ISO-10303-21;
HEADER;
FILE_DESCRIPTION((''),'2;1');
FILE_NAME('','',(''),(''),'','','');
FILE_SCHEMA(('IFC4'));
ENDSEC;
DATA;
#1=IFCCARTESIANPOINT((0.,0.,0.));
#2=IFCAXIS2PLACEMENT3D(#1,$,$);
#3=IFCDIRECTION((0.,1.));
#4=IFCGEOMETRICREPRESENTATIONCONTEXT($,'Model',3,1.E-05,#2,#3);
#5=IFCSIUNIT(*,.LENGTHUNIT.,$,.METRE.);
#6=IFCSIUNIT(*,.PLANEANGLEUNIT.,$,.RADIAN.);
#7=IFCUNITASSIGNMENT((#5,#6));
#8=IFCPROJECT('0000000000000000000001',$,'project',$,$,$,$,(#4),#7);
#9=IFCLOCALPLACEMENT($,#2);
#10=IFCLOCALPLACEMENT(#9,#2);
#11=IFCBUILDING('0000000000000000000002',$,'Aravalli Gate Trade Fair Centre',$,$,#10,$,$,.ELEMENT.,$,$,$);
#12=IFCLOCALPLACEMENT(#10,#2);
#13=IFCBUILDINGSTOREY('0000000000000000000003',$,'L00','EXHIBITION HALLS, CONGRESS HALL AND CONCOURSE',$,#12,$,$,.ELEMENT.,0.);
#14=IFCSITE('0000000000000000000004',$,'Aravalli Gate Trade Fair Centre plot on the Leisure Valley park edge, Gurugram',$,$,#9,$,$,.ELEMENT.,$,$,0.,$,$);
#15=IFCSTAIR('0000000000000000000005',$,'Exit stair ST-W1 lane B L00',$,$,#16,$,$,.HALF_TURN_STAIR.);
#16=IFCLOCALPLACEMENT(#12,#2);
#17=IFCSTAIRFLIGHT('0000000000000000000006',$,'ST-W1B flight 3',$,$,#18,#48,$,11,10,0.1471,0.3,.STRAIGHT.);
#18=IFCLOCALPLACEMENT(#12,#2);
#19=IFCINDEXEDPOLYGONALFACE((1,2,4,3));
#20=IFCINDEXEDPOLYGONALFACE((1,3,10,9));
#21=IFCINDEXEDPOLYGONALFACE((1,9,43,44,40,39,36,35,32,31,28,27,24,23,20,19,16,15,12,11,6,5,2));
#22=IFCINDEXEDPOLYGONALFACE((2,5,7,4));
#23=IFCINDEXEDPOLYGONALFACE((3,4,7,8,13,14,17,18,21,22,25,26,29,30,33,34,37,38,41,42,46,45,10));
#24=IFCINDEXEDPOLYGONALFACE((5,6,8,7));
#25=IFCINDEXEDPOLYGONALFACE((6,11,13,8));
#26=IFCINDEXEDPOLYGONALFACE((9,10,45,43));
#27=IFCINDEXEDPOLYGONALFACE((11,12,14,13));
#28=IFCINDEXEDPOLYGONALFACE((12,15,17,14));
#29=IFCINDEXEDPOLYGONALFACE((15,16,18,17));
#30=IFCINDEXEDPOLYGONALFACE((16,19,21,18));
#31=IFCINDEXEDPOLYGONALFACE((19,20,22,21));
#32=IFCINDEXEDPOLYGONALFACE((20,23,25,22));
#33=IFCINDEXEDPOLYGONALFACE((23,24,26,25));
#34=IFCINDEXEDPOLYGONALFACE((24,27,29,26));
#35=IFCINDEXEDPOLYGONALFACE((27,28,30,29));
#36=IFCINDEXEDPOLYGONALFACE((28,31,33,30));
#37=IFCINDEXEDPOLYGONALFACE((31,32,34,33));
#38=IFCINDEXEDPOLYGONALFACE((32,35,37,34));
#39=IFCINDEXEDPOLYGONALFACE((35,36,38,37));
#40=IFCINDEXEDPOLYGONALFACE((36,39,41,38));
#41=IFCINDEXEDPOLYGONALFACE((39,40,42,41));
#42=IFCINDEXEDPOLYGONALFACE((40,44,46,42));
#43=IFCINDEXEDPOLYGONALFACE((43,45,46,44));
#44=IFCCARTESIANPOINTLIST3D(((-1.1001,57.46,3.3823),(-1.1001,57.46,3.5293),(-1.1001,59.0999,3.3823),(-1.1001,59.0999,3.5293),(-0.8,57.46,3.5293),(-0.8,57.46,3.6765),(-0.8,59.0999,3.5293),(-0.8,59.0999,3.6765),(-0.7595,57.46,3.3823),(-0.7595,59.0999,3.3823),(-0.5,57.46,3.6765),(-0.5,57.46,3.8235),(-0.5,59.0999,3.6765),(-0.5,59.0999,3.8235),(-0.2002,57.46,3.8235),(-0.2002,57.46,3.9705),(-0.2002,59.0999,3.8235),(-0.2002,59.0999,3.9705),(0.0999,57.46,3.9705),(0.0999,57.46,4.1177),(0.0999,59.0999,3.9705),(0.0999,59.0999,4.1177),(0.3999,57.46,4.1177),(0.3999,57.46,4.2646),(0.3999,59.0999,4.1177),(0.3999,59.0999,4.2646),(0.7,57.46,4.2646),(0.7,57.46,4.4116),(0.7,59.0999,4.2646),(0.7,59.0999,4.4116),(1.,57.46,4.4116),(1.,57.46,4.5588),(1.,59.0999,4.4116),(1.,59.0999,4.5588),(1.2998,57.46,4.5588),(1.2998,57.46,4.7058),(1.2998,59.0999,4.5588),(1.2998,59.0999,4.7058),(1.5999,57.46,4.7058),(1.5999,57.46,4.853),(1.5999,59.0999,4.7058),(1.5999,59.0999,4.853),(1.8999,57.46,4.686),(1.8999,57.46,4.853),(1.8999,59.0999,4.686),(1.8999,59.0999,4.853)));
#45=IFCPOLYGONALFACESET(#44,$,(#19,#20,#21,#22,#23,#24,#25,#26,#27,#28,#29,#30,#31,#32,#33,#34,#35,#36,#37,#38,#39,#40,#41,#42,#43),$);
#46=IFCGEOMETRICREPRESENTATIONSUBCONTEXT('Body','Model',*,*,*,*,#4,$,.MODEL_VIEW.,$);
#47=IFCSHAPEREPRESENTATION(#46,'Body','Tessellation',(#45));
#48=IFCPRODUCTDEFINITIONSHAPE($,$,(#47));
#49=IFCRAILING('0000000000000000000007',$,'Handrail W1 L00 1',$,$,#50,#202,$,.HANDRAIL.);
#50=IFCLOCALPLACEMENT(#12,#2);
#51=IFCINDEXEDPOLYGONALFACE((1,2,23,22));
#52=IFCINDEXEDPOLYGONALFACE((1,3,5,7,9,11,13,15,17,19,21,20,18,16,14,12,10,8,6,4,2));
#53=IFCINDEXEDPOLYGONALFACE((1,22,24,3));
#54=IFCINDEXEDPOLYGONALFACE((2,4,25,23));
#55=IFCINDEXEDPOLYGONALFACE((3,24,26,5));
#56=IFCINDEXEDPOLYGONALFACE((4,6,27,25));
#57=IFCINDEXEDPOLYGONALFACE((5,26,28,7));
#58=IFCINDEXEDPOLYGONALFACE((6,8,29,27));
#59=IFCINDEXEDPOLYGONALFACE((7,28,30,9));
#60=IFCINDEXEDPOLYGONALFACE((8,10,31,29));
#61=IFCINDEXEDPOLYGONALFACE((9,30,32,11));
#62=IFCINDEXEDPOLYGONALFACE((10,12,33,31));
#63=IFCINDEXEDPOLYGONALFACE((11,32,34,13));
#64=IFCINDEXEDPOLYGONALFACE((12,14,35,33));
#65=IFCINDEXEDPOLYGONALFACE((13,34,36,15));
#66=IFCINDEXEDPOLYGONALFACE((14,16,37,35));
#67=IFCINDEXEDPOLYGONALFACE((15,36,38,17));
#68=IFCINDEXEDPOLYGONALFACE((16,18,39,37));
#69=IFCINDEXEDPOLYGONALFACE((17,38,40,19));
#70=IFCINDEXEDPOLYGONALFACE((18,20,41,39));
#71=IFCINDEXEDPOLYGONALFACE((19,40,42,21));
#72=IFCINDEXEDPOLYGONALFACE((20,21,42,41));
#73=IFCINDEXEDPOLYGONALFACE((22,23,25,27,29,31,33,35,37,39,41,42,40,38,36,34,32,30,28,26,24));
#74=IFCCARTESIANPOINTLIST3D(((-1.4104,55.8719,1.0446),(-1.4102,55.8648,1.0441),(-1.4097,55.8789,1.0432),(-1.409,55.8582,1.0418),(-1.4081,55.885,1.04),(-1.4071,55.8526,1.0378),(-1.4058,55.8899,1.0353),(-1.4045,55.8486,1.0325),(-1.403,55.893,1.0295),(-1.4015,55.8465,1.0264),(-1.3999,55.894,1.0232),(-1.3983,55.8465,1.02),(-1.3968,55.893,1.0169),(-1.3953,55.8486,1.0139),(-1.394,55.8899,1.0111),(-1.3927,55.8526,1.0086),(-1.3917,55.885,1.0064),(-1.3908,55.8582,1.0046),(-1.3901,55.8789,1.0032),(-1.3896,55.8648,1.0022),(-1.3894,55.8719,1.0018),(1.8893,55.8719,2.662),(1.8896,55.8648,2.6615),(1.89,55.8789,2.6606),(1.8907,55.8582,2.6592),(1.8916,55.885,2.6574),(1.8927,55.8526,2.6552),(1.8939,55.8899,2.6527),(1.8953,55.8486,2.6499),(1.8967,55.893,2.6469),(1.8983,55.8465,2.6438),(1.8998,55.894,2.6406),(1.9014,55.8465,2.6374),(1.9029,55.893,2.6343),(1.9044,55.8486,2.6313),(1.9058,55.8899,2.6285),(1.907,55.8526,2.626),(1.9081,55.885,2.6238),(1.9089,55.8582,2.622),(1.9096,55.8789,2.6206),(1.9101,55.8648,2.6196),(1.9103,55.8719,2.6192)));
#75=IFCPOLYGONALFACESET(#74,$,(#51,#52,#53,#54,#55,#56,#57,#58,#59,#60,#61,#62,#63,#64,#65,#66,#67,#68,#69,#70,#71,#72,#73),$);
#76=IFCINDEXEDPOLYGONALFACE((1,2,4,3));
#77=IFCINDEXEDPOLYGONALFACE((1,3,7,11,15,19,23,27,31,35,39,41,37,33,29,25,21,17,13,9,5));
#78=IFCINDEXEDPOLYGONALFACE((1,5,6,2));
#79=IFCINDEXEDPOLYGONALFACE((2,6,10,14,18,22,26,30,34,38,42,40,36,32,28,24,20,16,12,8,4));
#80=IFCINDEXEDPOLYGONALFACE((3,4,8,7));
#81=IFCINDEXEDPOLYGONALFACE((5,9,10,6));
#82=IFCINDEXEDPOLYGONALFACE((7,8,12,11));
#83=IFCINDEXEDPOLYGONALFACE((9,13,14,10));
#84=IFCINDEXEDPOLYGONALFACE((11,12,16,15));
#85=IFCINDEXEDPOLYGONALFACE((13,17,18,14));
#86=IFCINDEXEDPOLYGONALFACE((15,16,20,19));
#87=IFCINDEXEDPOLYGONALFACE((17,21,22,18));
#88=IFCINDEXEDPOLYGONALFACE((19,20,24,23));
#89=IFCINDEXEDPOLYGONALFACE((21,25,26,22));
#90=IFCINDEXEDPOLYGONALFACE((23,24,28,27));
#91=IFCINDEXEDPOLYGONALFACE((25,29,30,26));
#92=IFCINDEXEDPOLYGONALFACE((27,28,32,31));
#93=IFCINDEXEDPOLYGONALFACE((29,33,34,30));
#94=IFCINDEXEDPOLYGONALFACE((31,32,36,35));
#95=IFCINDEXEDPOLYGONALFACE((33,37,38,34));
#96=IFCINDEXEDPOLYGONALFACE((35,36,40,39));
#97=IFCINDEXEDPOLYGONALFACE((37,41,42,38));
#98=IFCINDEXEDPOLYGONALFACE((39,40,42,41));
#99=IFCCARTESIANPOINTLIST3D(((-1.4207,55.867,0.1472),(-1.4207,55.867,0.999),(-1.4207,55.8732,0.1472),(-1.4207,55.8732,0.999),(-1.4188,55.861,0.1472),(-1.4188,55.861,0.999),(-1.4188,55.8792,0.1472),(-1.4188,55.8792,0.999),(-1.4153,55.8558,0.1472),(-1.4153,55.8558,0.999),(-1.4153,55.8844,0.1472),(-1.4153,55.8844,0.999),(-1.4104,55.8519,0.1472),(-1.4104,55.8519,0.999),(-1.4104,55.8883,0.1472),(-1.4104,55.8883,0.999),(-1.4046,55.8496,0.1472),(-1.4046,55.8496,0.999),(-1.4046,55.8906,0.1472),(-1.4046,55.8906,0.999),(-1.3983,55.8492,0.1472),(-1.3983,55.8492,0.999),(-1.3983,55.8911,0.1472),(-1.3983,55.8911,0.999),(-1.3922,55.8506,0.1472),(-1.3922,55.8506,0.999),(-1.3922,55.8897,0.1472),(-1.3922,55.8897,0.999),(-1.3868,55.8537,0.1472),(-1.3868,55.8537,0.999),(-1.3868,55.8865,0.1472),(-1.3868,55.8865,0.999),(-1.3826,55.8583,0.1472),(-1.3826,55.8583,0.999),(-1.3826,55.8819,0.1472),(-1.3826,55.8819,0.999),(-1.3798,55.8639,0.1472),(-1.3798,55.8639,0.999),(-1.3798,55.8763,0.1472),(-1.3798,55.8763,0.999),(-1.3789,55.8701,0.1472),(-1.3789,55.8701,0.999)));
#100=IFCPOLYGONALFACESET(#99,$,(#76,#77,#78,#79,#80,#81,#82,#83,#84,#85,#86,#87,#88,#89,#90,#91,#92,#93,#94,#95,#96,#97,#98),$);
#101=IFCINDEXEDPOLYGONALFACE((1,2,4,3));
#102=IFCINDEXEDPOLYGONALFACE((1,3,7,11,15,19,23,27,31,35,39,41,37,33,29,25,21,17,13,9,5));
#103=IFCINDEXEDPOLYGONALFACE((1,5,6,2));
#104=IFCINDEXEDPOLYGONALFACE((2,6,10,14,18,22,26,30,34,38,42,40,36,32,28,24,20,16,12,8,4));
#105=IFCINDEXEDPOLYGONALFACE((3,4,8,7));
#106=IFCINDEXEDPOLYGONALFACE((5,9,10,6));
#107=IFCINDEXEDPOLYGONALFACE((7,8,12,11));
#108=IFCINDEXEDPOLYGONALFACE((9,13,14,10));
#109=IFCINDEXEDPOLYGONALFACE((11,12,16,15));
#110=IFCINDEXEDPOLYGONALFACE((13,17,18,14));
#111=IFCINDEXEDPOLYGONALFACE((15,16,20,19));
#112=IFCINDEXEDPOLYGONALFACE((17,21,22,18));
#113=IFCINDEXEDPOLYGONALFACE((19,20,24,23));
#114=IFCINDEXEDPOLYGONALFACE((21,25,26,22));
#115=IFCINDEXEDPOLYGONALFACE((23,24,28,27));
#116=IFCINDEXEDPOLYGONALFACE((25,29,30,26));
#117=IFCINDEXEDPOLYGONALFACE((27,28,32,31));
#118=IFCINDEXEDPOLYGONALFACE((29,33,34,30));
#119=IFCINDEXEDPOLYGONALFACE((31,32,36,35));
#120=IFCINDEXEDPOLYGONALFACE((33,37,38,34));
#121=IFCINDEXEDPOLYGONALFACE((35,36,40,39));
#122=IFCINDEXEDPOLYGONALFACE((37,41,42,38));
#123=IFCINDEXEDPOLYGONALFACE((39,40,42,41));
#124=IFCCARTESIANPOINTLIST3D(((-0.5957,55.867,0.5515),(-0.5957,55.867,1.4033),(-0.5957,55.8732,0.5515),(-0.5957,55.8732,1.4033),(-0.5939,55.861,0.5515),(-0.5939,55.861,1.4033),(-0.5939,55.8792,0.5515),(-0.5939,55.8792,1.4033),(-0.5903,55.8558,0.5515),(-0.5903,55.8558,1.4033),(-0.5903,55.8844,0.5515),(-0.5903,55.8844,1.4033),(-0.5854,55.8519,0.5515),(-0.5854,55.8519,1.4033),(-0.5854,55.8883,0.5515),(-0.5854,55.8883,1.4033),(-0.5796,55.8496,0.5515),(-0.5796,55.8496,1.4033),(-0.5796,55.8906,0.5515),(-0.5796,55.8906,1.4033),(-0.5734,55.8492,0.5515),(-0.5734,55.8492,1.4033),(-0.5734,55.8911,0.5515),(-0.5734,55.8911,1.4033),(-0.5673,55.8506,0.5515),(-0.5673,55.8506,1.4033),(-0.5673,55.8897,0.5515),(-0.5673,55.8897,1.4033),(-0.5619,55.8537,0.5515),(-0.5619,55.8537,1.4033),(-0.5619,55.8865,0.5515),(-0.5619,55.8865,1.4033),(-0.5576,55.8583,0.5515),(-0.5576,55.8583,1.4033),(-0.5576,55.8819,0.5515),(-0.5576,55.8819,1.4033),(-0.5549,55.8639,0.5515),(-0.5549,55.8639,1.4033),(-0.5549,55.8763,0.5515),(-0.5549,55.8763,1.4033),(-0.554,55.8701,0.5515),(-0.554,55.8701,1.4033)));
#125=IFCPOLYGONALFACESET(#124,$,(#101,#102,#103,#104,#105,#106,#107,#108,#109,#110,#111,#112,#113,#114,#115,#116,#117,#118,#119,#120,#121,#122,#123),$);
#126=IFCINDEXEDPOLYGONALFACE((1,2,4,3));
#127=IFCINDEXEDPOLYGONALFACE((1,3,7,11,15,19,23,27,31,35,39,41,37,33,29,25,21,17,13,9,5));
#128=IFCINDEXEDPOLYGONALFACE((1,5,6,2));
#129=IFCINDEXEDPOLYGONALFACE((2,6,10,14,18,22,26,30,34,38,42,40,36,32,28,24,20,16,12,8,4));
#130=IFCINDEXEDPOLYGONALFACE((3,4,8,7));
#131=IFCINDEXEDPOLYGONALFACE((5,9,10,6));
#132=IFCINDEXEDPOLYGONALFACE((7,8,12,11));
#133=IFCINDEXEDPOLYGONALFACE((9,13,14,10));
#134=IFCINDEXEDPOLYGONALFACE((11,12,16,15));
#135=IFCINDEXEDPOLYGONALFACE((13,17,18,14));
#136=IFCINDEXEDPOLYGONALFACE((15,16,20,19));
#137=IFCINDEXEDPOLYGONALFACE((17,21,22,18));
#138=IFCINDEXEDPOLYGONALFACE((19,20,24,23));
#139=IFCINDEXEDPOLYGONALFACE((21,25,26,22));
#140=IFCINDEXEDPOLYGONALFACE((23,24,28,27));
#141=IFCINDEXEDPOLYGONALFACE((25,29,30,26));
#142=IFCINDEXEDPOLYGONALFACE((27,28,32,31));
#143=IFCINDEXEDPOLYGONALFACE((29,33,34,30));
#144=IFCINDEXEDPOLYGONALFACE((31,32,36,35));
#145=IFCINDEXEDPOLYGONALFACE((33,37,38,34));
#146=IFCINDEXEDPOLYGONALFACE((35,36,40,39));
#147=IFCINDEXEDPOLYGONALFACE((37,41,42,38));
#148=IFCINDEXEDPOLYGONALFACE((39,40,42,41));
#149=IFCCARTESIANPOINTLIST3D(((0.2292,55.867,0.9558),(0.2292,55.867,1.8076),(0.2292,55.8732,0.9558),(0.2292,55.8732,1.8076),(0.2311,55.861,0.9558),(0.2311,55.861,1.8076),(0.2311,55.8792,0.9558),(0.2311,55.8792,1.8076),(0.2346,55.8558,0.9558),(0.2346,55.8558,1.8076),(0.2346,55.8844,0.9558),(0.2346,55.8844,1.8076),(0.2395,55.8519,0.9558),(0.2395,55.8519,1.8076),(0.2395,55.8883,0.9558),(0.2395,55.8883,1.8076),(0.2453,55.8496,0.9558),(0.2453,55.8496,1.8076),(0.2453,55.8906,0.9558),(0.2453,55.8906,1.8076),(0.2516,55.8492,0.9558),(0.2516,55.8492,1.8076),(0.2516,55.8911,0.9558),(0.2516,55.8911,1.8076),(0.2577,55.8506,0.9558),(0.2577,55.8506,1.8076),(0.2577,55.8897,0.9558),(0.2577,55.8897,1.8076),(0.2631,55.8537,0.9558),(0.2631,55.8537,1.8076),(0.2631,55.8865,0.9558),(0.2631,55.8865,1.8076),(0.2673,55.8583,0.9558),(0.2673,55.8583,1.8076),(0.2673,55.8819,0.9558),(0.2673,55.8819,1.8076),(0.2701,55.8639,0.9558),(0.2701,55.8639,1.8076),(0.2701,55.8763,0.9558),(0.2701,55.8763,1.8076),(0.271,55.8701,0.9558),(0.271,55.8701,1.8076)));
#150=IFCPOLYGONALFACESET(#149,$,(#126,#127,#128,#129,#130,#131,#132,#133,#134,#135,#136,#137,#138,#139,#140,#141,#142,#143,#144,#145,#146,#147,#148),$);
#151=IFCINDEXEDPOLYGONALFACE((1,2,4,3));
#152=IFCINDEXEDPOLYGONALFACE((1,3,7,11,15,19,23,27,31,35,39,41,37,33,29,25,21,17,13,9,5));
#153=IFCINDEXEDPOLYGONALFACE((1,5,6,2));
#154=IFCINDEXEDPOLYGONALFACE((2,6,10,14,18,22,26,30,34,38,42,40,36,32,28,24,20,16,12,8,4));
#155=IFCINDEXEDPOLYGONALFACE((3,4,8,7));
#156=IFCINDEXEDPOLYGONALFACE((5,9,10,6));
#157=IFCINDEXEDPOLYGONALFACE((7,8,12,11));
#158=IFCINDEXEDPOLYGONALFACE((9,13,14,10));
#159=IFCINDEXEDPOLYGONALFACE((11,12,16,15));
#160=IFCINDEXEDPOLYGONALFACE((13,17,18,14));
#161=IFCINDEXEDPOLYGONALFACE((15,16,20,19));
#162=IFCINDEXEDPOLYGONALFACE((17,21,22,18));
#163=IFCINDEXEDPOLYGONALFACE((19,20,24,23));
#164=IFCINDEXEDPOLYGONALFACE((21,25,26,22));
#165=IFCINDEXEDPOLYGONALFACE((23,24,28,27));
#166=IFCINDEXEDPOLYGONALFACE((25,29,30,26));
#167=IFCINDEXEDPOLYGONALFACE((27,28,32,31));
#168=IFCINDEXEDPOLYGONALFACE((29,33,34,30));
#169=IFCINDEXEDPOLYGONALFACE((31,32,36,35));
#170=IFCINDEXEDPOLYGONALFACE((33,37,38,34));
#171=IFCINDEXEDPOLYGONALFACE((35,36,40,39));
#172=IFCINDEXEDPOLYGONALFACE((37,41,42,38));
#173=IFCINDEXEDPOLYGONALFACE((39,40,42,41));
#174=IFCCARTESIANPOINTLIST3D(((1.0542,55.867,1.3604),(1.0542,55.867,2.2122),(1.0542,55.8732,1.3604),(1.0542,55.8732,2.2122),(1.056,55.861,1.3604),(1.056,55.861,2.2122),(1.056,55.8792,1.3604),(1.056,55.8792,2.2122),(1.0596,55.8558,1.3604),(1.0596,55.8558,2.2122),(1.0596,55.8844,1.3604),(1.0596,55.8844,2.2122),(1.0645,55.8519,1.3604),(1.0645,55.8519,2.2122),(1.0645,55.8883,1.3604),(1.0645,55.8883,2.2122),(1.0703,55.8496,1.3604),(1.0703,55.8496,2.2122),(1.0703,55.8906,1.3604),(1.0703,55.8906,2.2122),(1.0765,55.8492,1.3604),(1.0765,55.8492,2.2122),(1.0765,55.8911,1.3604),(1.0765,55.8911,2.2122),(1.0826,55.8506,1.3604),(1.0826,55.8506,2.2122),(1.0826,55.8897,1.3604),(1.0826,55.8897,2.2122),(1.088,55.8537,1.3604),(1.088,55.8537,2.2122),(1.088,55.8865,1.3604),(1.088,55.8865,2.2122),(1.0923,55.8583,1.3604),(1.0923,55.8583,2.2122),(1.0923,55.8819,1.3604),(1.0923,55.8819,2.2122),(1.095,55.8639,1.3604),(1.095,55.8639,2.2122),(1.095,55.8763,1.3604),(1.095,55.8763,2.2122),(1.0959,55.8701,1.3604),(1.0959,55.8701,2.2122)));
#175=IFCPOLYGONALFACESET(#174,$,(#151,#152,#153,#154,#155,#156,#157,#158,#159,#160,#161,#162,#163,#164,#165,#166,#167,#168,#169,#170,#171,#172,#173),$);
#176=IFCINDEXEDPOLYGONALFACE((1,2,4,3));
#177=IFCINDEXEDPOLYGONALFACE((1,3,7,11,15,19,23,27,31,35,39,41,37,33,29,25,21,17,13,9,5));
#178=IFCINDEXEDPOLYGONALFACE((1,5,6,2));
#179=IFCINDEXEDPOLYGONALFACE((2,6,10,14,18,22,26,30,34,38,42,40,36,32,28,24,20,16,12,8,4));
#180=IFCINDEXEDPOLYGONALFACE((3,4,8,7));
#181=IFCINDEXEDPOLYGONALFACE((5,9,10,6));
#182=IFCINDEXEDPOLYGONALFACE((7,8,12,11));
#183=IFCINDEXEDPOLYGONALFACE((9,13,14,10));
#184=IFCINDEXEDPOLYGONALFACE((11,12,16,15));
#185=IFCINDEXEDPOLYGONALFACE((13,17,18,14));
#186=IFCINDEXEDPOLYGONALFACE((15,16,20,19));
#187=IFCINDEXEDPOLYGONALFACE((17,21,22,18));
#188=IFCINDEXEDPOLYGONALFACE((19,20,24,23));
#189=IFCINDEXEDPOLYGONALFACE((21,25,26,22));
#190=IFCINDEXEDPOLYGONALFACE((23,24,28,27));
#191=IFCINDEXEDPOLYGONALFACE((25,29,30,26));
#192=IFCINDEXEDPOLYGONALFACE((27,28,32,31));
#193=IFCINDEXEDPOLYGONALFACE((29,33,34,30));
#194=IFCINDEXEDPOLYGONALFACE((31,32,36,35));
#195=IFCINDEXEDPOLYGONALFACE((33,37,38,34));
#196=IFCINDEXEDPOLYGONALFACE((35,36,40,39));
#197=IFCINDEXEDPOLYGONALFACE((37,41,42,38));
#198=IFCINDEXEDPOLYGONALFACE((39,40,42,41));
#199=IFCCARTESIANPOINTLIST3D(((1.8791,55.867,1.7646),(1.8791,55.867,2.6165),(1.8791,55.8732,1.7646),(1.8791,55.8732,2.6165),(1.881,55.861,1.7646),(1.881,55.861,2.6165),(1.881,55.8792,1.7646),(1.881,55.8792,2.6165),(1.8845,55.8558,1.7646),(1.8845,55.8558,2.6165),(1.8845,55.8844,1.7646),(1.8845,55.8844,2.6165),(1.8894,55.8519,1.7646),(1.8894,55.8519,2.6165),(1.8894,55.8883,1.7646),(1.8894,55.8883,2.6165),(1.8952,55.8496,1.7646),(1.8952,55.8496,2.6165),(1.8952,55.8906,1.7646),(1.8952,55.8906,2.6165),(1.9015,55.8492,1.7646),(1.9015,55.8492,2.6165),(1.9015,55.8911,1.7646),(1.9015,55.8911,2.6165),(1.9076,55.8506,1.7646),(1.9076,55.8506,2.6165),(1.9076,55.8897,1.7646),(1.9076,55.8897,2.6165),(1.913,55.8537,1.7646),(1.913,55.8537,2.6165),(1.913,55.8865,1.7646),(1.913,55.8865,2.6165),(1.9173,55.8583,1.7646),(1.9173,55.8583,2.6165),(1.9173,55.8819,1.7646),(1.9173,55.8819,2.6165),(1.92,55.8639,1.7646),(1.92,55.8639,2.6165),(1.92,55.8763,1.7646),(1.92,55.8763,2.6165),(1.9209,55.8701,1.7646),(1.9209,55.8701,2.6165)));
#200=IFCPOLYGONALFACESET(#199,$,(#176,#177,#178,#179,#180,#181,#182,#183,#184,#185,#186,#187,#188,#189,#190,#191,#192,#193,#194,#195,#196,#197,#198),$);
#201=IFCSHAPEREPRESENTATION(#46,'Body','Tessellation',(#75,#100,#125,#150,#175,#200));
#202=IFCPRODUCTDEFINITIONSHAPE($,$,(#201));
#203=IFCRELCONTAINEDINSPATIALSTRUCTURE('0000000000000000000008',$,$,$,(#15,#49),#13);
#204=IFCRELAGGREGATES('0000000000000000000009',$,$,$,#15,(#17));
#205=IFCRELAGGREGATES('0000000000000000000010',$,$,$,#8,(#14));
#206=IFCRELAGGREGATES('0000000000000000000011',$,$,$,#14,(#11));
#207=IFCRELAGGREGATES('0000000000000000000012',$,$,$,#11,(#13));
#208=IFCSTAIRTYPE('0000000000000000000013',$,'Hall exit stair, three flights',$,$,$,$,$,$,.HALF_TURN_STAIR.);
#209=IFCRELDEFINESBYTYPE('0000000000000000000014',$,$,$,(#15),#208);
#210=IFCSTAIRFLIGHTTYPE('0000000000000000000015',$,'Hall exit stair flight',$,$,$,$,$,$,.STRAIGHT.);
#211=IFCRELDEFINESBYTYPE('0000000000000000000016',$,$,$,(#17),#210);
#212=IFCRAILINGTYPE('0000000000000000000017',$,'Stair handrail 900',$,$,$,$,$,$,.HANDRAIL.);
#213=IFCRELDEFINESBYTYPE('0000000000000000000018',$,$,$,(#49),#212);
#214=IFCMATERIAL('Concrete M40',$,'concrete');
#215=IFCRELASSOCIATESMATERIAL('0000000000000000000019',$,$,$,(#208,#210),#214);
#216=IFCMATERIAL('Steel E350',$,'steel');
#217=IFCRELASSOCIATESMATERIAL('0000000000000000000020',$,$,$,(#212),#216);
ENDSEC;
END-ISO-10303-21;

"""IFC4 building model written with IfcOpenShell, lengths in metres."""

from ifc_helpers import new_model, si_unit, direction, frame, origin, origin_2d, place, context, subcontext, project, spatial, polyline, circle, outline, extrude, material, type_object, element, aggregate, save


model = new_model("IFC4")

# Units and contexts
model_context = context("Model", 3, precision=1e-05, world=origin(), true_north=direction((0.0, 1.0)))
body_context = subcontext(model_context, "Body", "Model", "MODEL_VIEW")
ifc_project = project(units=[si_unit("LENGTHUNIT", "METRE"), si_unit("PLANEANGLEUNIT", "RADIAN")], contexts=[model_context])

# Site, building, storey
site_placement = place(None, origin())
site = spatial("IfcSite", under=ifc_project, at=site_placement, Name="Aravalli Gate Trade Fair Centre plot on the Leisure Valley park edge, Gurugram", CompositionType="ELEMENT", RefElevation=0.0)
building_placement = place(site_placement, origin())
building = spatial("IfcBuilding", under=site, at=building_placement, Name="Aravalli Gate Trade Fair Centre", CompositionType="ELEMENT")
storey_placement = place(building_placement, origin())
storey = spatial("IfcBuildingStorey", under=building, at=storey_placement, Name="L00", Description="EXHIBITION HALLS, CONGRESS HALL AND CONCOURSE", CompositionType="ELEMENT", Elevation=0.0)

# Shared definitions
ifc_material_1 = material(Name="Concrete M40", Category="concrete")

# Stair, stair flight
stair_type = type_object("IfcStairType", Name="Hall exit stair, three flights", PredefinedType="HALF_TURN_STAIR", material=ifc_material_1)
stair_flight_type = type_object("IfcStairFlightType", Name="Hall exit stair flight", PredefinedType="STRAIGHT", material=ifc_material_1)
stair_1_placement = place(storey_placement, origin())
stair_1 = element("IfcStair", 1, at=stair_1_placement, inside=storey, type_object=stair_type, Name="Exit stair ST-W1 lane B L00", PredefinedType="HALF_TURN_STAIR")
stair_flight_1_placement = place(storey_placement, frame((-1.1001, 58.28, 3.3823), z_axis=(0.0, 0.0, 1.0), x_axis=(1.0, 0.0, 0.0)))
stair_flight_1 = element("IfcStairFlight", 2, at=stair_flight_1_placement, type_object=stair_flight_type, Name="ST-W1B flight 3", NumberOfRisers=11, NumberOfTreads=10, PredefinedType="STRAIGHT", RiserHeight=0.1471, TreadLength=0.3, context=body_context, shape_type="SweptSolid", body=[
    extrude(outline(polyline([(0.0, 0.0), (0.0, 0.147), (0.3, 0.147), (0.3, 0.2942), (0.6001, 0.2942), (0.6001, 0.4412), (0.8999, 0.4412), (0.8999, 0.5881), (1.2, 0.5881), (1.2, 0.7354), (1.5, 0.7354), (1.5, 0.8823), (1.8, 0.8823), (1.8, 1.0293), (2.1001, 1.0293), (2.1001, 1.1765), (2.3999, 1.1765), (2.3999, 1.3235), (2.7, 1.3235), (2.7, 1.4707), (3.0, 1.4707), (3.0, 1.6177), (3.0, 1.3037), (0.3406, 0.0), (0.0, 0.0)])), frame((0.0, 0.8198, 0.0), z_axis=(0.0, -1.0, 0.0), x_axis=(1.0, 0.0, 0.0)), (0.0, 0.0, 1.0), 1.6399),
])
aggregate(stair_1, [stair_flight_1])

# Railing
ifc_material_2 = material(Name="Steel E350", Category="steel")
railing_type = type_object("IfcRailingType", Name="Stair handrail 900", PredefinedType="HANDRAIL", material=ifc_material_2)
for number, where, name in (
    (3, (-1.3999, 55.8701, 0.1472), "Handrail W1 L00 1"),
):
    element("IfcRailing", number, at=place(storey_placement, frame(where)), inside=storey, type_object=railing_type, Name=name, PredefinedType="HANDRAIL", context=body_context, shape_type="SweptSolid", body=[
        extrude(circle(Radius=0.0239, at=origin_2d()), frame((0.0, 0.0, 0.876), z_axis=(0.897934, 0.0, 0.440131), x_axis=(0.0, 1.0, 0.0)), (0.0, 0.0, 1.0), 3.6748),
        extrude(circle(Radius=0.021, at=origin_2d()), origin(), (0.0, 0.0, 1.0), 0.8518),
        extrude(circle(Radius=0.021, at=origin_2d()), frame((0.825, 0.0, 0.4043)), (0.0, 0.0, 1.0), 0.8518),
        extrude(circle(Radius=0.021, at=origin_2d()), frame((1.6499, 0.0, 0.8086)), (0.0, 0.0, 1.0), 0.8518),
        extrude(circle(Radius=0.021, at=origin_2d()), frame((2.4749, 0.0, 1.2131)), (0.0, 0.0, 1.0), 0.8518),
        extrude(circle(Radius=0.021, at=origin_2d()), frame((3.2998, 0.0, 1.6174)), (0.0, 0.0, 1.0), 0.8518),
    ])

save(model, "model.ifc")
